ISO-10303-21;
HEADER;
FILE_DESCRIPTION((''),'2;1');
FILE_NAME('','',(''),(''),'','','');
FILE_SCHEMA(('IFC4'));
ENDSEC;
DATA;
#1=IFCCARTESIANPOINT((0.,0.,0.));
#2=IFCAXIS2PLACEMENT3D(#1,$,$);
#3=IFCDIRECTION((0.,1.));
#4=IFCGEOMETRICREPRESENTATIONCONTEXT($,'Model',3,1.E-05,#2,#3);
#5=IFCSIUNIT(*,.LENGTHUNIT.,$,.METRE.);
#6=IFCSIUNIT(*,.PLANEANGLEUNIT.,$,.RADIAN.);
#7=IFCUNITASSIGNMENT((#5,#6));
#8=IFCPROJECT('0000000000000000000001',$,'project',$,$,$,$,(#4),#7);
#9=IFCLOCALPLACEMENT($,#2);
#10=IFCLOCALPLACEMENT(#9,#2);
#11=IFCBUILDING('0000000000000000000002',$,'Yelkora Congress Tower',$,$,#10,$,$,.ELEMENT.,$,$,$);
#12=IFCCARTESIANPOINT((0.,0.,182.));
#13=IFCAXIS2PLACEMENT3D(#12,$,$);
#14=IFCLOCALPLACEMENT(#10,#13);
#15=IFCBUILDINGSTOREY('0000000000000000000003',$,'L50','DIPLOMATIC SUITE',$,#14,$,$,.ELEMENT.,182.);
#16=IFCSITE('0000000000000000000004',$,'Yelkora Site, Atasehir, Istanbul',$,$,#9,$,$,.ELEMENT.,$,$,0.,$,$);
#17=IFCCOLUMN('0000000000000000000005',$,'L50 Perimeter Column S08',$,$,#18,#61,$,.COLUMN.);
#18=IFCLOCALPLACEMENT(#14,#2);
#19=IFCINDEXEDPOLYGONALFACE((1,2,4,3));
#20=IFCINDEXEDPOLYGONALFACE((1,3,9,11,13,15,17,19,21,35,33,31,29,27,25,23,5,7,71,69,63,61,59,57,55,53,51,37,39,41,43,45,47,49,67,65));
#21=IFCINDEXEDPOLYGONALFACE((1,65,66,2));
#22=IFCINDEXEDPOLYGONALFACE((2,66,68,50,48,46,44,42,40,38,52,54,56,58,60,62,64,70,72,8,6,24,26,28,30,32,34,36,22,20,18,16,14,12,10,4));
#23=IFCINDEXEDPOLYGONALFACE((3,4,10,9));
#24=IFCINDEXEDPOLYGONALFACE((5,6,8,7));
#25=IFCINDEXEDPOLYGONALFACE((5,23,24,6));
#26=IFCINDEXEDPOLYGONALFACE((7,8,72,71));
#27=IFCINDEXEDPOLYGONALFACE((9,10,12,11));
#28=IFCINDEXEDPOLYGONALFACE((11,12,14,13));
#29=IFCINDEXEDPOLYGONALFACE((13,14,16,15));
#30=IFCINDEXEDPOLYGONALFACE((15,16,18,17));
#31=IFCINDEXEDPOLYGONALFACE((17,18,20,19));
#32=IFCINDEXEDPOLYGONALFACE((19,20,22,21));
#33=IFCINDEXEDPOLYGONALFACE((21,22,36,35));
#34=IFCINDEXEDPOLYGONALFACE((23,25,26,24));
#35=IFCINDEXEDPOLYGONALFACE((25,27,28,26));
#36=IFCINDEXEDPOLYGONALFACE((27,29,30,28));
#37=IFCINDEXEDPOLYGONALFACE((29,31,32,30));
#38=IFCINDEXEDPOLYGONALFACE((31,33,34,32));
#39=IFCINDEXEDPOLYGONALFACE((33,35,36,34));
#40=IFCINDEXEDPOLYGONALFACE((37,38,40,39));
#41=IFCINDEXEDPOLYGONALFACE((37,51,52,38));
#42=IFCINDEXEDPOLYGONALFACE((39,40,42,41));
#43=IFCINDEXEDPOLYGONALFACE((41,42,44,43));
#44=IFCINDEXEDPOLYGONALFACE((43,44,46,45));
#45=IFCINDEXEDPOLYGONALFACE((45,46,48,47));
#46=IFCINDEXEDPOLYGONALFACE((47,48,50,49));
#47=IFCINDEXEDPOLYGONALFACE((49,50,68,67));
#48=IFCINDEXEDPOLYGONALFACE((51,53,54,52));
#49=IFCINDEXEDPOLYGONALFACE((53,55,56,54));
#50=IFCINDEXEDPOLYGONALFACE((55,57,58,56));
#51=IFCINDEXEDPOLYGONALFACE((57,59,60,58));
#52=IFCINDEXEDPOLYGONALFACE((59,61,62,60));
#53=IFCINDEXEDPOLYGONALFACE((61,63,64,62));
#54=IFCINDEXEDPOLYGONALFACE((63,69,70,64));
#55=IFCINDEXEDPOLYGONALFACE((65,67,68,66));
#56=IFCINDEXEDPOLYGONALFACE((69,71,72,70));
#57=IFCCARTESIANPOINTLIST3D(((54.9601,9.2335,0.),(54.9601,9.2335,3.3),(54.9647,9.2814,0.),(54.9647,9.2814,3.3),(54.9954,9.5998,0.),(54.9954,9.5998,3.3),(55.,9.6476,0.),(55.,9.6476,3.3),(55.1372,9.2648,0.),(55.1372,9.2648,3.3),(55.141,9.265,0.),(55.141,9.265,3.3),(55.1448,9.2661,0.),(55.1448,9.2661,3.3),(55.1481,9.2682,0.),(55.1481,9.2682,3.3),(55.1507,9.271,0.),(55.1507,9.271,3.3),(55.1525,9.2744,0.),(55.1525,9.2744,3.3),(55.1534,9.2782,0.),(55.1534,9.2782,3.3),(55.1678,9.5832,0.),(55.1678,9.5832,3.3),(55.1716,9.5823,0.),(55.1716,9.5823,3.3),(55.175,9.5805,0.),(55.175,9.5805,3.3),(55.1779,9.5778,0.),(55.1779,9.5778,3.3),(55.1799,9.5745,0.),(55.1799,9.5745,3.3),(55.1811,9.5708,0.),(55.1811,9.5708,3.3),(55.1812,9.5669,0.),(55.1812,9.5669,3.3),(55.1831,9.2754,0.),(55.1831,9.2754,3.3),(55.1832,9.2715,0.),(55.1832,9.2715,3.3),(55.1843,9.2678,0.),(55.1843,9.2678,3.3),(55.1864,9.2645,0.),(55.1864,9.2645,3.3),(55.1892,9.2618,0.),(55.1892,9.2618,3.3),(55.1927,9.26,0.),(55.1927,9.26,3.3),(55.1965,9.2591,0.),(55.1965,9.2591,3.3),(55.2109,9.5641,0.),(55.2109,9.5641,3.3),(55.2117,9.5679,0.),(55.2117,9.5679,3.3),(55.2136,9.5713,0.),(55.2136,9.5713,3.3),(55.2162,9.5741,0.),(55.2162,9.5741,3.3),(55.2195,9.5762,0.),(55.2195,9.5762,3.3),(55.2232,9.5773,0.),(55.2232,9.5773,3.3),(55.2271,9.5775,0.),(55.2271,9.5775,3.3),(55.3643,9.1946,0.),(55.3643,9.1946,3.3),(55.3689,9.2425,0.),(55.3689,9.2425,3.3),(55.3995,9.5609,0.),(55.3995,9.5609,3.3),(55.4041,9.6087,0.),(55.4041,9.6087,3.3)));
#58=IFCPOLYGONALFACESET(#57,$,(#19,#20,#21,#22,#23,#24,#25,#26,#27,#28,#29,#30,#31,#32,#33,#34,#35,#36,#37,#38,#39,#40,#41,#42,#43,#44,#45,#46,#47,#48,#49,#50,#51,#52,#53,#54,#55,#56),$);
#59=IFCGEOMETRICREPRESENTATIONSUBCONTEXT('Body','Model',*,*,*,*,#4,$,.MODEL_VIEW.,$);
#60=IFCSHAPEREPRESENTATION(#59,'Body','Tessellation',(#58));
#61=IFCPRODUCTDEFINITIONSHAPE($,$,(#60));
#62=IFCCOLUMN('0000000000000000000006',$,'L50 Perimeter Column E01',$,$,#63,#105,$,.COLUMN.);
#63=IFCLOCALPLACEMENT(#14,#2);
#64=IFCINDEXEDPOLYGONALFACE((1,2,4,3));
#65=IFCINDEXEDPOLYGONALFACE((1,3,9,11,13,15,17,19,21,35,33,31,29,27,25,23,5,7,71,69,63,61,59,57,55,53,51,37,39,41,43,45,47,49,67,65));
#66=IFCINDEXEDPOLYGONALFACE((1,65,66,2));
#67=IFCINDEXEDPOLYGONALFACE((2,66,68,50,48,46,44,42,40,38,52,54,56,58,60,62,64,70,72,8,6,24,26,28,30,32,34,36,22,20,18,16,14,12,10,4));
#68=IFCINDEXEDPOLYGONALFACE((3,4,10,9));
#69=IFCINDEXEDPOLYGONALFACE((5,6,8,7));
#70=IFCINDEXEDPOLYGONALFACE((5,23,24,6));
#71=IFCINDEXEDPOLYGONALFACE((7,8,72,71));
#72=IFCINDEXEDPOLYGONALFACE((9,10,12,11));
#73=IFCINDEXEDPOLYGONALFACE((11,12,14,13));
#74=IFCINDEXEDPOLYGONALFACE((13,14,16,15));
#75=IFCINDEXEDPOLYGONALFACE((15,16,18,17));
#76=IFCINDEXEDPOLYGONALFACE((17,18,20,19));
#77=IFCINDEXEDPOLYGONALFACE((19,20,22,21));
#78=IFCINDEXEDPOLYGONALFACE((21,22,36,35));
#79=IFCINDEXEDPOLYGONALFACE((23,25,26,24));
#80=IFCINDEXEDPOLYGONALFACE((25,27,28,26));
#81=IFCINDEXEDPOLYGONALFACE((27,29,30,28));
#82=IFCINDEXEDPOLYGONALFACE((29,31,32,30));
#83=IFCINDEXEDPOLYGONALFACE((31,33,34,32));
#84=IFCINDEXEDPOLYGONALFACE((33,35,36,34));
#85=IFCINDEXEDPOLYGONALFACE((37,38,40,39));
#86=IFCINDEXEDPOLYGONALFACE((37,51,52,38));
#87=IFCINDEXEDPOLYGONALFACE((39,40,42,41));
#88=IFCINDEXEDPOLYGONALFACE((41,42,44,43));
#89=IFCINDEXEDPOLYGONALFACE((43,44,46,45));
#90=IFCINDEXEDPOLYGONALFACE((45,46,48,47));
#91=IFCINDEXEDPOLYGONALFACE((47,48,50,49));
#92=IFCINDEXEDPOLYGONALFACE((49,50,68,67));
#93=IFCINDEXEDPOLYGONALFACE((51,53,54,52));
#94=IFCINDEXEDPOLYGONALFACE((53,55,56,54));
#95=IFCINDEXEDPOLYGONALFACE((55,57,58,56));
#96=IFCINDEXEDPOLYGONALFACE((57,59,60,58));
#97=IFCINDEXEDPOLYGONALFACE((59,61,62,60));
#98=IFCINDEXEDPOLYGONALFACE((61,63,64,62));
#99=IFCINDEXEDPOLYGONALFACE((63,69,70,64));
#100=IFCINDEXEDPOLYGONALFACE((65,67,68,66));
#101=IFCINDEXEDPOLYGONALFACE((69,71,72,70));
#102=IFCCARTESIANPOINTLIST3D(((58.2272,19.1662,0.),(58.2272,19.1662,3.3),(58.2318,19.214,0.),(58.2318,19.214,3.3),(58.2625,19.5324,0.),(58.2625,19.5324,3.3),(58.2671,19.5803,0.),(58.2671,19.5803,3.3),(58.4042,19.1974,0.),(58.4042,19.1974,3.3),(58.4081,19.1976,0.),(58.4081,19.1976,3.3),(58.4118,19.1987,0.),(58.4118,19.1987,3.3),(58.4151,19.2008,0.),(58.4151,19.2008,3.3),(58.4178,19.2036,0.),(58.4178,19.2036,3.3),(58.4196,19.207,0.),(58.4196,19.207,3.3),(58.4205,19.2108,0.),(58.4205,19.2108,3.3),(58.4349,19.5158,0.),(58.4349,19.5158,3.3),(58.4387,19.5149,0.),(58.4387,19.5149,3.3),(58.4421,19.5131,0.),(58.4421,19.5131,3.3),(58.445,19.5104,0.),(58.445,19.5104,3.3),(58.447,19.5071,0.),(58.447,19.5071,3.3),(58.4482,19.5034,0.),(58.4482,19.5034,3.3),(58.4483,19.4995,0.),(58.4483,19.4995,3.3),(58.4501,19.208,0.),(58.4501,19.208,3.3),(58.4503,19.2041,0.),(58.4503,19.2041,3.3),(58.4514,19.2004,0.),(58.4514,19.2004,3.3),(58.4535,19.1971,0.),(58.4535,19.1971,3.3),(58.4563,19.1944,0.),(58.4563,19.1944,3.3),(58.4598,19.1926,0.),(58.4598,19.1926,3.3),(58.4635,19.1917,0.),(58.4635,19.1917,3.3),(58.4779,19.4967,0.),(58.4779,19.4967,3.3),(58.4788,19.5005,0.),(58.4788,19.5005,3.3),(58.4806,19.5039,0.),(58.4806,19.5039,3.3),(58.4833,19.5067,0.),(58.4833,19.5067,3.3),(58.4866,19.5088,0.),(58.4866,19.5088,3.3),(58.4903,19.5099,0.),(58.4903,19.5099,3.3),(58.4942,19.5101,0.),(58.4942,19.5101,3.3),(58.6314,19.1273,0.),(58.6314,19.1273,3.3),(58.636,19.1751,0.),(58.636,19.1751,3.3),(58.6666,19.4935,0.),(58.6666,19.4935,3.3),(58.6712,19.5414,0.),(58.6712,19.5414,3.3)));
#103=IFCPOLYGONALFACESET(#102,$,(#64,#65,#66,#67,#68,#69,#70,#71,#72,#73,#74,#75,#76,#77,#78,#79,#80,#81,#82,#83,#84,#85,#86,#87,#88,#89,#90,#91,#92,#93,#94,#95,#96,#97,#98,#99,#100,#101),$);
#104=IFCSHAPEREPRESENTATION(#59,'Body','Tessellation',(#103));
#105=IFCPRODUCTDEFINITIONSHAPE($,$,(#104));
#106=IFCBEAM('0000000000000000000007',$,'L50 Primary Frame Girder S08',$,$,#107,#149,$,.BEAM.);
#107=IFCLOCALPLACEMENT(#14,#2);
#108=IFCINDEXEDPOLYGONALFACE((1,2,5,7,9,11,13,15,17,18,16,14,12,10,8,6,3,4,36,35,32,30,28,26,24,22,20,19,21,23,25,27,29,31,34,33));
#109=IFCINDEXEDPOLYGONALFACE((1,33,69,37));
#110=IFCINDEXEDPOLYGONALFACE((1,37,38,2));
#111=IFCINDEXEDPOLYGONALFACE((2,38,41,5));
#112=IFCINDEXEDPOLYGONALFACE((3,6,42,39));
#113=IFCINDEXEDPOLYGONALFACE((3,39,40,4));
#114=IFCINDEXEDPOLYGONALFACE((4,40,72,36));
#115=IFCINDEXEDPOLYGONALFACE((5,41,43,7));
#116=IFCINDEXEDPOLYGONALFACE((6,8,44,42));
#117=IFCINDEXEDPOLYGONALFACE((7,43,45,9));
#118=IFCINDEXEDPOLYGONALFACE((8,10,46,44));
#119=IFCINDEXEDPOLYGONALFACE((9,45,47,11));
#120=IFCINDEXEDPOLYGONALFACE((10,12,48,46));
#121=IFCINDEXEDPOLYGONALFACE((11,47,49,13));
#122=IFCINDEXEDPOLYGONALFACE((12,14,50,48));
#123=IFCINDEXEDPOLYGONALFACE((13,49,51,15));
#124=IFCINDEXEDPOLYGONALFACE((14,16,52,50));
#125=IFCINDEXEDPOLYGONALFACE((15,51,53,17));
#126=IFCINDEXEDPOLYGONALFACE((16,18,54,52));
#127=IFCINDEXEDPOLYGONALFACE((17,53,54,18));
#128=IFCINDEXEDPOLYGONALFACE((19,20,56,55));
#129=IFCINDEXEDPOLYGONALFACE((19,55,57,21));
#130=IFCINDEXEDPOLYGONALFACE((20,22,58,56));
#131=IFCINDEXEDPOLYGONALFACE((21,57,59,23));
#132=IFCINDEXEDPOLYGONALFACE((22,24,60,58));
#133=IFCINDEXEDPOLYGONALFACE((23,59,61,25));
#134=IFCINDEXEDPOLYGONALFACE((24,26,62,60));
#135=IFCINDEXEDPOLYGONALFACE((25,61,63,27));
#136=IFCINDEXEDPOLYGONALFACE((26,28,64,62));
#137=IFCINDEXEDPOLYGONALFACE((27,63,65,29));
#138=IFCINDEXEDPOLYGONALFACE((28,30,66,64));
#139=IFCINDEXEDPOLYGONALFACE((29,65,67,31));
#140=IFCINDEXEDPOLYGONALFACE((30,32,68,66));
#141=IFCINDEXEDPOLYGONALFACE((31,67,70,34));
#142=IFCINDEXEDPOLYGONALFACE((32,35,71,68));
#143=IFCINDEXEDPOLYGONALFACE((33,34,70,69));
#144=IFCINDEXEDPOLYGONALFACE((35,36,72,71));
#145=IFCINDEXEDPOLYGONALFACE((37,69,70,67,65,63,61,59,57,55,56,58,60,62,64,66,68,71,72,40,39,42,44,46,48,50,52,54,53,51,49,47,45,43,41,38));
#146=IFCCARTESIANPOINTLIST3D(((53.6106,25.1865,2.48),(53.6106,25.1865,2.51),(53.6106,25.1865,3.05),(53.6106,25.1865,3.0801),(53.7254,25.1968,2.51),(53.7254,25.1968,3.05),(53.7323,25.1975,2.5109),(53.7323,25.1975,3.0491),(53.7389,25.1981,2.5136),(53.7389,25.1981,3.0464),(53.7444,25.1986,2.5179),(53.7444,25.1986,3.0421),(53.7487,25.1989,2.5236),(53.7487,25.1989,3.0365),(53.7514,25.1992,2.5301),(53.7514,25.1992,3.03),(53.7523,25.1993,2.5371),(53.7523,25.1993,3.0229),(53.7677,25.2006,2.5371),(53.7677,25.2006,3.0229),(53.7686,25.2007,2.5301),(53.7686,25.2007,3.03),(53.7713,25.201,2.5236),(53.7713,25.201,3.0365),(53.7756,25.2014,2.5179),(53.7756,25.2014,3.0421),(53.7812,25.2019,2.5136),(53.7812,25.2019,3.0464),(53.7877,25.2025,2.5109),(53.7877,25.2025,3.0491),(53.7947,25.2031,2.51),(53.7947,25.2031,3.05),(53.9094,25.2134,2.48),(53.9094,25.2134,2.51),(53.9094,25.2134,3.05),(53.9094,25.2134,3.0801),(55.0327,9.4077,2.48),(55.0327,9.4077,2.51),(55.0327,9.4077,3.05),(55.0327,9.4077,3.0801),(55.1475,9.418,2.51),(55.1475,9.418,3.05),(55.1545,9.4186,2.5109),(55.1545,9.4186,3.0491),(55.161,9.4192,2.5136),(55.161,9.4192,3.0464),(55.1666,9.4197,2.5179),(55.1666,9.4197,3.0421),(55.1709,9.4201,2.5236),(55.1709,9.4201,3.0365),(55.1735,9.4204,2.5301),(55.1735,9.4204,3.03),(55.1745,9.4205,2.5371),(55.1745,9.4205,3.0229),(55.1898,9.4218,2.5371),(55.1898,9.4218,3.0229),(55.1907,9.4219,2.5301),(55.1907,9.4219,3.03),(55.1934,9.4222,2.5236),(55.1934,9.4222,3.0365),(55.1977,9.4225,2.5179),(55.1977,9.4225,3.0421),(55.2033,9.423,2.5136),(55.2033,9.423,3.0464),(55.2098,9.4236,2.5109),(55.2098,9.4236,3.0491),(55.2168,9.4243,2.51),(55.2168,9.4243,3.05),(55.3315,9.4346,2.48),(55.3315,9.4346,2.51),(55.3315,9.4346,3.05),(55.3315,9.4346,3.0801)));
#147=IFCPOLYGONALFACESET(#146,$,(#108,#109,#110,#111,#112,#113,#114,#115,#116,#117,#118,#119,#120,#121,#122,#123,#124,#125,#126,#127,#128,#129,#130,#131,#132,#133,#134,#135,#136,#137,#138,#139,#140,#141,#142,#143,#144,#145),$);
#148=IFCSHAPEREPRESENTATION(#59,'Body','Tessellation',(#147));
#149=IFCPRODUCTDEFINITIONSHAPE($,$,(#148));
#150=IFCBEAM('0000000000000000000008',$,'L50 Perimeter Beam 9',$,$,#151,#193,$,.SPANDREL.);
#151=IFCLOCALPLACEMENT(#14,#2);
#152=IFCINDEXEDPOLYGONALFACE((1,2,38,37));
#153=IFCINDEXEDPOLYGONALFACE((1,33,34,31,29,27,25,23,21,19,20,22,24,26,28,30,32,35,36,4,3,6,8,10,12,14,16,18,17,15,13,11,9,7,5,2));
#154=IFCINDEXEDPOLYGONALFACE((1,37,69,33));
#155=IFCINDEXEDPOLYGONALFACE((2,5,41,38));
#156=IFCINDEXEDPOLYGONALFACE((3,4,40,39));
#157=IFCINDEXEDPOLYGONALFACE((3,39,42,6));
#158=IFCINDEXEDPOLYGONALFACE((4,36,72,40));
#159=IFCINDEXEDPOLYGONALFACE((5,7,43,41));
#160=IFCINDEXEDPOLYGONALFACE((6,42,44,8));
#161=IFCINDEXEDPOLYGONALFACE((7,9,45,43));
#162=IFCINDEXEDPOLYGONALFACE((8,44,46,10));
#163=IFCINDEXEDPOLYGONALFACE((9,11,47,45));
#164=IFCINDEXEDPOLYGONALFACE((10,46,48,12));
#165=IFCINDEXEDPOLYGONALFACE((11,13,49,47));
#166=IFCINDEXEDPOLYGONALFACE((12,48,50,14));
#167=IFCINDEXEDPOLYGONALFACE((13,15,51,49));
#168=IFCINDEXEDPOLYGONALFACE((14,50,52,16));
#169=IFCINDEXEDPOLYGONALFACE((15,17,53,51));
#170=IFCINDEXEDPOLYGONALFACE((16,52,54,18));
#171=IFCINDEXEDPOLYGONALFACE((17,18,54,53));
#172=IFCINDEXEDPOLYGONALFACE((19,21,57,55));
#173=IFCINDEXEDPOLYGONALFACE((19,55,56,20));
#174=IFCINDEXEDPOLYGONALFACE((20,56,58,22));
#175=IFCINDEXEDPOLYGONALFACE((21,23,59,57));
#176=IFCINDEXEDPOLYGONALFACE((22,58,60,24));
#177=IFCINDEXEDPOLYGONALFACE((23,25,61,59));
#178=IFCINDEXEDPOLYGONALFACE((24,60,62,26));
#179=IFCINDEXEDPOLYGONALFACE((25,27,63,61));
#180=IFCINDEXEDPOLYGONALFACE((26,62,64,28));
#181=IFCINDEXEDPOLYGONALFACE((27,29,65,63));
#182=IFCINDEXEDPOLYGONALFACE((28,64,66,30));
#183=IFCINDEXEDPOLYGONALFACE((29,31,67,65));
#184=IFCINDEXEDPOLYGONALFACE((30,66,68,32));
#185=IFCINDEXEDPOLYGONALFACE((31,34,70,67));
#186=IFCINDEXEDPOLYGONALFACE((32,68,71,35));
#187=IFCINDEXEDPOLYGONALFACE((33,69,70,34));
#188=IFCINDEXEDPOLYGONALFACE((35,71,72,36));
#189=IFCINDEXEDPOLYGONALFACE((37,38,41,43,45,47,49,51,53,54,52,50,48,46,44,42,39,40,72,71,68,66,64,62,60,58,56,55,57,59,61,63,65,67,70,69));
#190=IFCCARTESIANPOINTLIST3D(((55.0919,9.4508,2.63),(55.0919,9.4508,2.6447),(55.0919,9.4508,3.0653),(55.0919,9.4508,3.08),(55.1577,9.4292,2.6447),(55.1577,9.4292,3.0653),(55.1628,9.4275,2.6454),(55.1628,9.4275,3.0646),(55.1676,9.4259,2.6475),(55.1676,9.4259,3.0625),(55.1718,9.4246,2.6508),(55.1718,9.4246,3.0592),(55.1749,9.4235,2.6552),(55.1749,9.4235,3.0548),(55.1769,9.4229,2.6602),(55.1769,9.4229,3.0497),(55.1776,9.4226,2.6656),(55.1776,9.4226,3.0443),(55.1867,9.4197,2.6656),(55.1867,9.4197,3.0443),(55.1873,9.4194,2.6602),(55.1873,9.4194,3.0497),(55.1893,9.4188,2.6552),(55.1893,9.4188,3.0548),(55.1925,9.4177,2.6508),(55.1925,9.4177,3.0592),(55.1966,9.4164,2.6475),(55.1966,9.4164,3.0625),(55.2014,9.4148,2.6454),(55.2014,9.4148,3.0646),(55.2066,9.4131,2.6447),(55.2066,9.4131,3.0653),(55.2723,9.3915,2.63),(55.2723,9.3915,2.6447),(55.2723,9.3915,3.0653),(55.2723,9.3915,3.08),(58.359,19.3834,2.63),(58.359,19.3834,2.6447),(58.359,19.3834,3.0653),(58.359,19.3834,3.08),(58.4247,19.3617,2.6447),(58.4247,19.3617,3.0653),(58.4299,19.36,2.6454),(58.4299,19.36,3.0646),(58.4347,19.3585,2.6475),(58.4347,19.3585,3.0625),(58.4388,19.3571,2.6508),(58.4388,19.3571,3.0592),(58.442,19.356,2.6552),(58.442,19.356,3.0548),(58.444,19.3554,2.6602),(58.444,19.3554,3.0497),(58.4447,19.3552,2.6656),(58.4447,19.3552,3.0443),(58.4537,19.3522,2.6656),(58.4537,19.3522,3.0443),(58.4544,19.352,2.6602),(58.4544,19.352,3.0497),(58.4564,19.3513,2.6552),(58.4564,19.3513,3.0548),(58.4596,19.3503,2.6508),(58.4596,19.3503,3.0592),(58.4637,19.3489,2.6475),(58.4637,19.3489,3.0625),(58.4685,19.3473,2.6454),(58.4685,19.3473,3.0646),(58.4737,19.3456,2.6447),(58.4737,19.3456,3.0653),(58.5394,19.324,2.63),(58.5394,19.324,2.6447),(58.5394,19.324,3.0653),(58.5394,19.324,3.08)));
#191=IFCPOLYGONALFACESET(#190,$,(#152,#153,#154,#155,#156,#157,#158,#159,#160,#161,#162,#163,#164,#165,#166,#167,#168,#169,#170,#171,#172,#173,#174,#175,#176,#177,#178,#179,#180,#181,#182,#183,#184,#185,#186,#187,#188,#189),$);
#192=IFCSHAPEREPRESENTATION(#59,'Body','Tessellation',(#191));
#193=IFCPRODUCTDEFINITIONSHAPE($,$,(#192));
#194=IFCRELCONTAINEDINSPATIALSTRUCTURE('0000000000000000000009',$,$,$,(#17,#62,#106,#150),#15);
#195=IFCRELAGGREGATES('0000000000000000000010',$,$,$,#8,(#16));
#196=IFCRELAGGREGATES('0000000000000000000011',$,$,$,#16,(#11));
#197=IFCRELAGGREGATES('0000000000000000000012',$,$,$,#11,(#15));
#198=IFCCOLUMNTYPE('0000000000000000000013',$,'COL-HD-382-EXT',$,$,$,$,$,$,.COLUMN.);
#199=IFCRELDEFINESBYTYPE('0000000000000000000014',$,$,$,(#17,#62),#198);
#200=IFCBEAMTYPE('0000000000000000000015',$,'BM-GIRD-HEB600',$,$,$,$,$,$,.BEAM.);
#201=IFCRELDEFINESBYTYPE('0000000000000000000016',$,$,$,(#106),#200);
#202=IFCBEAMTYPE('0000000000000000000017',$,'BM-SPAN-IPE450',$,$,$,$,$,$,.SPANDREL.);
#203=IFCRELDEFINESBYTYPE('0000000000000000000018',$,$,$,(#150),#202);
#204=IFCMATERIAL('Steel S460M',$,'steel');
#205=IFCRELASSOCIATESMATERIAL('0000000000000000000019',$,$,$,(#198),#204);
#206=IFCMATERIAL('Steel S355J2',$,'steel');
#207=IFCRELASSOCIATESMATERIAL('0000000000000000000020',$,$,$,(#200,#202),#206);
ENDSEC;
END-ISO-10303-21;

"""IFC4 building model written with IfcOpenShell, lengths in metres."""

from ifc_helpers import new_model, si_unit, direction, frame, origin, origin_2d, place, context, subcontext, project, spatial, i_section, extrude, material, material_profile, profile_set, type_object, element, save


model = new_model("IFC4")

# Units and contexts
model_context = context("Model", 3, precision=1e-05, world=origin(), true_north=direction((0.0, 1.0)))
body_context = subcontext(model_context, "Body", "Model", "MODEL_VIEW")
ifc_project = project(units=[si_unit("LENGTHUNIT", "METRE"), si_unit("PLANEANGLEUNIT", "RADIAN")], contexts=[model_context])

# Site, building, storey
site_placement = place(None, origin())
site = spatial("IfcSite", under=ifc_project, at=site_placement, Name="Yelkora Site, Atasehir, Istanbul", CompositionType="ELEMENT", RefElevation=0.0)
building_placement = place(site_placement, origin())
building = spatial("IfcBuilding", under=site, at=building_placement, Name="Yelkora Congress Tower", CompositionType="ELEMENT")
storey_placement = place(building_placement, frame((0.0, 0.0, 182.0)))
storey = spatial("IfcBuildingStorey", under=building, at=storey_placement, Name="L50", Description="DIPLOMATIC SUITE", CompositionType="ELEMENT", Elevation=182.0)

# Columns
ifc_material_1 = material(Name="Steel S460M", Category="steel")
ifc_material_profile_1 = material_profile(ifc_material_1, i_section(OverallWidth=0.406, OverallDepth=0.416, WebThickness=0.0298, FlangeThickness=0.0481, FilletRadius=0.0149, at=origin_2d()), Name="HD 400x382")
ifc_profile_set_1 = profile_set([ifc_material_profile_1], Name="Steel S460M")
column_type = type_object("IfcColumnType", Name="COL-HD-382-EXT", PredefinedType="COLUMN", material=ifc_profile_set_1)
for number, where, z_axis, x_axis, name in (
    (1, (55.1821, 9.4211, 0.0), (0.0, 0.0, 1.0), (0.995396, -0.095846, 0.0), "L50 Perimeter Column S08"),
    (2, (58.4492, 19.3538, 0.0), (0.0, 0.0, 1.0), (0.995396, -0.095846, 0.0), "L50 Perimeter Column E01"),
):
    element("IfcColumn", number, at=place(storey_placement, frame(where, z_axis=z_axis, x_axis=x_axis)), inside=storey, type_object=column_type, Name=name, PredefinedType="COLUMN", context=body_context, shape_type="SweptSolid", body=[
        extrude(i_section(OverallWidth=0.406, OverallDepth=0.416, WebThickness=0.0298, FlangeThickness=0.0481, FilletRadius=0.0149, at=origin_2d()), origin(), (0.0, 0.0, 1.0), 3.3),
    ])

# Beams
ifc_material_2 = material(Name="Steel S355J2", Category="steel")
ifc_material_profile_2 = material_profile(ifc_material_2, i_section(OverallWidth=0.3, OverallDepth=0.6001, WebThickness=0.0154, FlangeThickness=0.03, FilletRadius=0.0271, at=origin_2d()), Name="HEB 600")
ifc_profile_set_2 = profile_set([ifc_material_profile_2], Name="Steel S355J2")
beam_type_1 = type_object("IfcBeamType", Name="BM-GIRD-HEB600", PredefinedType="BEAM", material=ifc_profile_set_2)
beam_1_placement = place(storey_placement, frame((55.1821, 9.4211, 2.78), z_axis=(-0.089765, 0.995963, 0.0), x_axis=(-0.995963, -0.089765, 0.0)))
element("IfcBeam", 3, at=beam_1_placement, inside=storey, type_object=beam_type_1, Name="L50 Primary Frame Girder S08", PredefinedType="BEAM", context=body_context, shape_type="SweptSolid", body=[
    extrude(i_section(OverallWidth=0.3, OverallDepth=0.6001, WebThickness=0.0154, FlangeThickness=0.03, FilletRadius=0.0271, at=origin_2d()), origin(), (0.0, 0.0, 1.0), 15.8428),
])
ifc_material_profile_3 = material_profile(ifc_material_2, i_section(OverallWidth=0.1899, OverallDepth=0.45, WebThickness=0.0095, FlangeThickness=0.0146, FilletRadius=0.021, at=origin_2d()), Name="IPE 450")
ifc_profile_set_3 = profile_set([ifc_material_profile_3], Name="Steel S355J2")
beam_type_2 = type_object("IfcBeamType", Name="BM-SPAN-IPE450", PredefinedType="SPANDREL", material=ifc_profile_set_3)
beam_2_placement = place(storey_placement, frame((55.1821, 9.4211, 2.855), z_axis=(0.312457, 0.949932, 0.0), x_axis=(-0.949932, 0.312457, 0.0)))
element("IfcBeam", 4, at=beam_2_placement, inside=storey, type_object=beam_type_2, Name="L50 Perimeter Beam 9", PredefinedType="SPANDREL", context=body_context, shape_type="SweptSolid", body=[
    extrude(i_section(OverallWidth=0.1899, OverallDepth=0.45, WebThickness=0.0095, FlangeThickness=0.0146, FilletRadius=0.021, at=origin_2d()), origin(), (0.0, 0.0, 1.0), 10.4561),
])

save(model, "model.ifc")
